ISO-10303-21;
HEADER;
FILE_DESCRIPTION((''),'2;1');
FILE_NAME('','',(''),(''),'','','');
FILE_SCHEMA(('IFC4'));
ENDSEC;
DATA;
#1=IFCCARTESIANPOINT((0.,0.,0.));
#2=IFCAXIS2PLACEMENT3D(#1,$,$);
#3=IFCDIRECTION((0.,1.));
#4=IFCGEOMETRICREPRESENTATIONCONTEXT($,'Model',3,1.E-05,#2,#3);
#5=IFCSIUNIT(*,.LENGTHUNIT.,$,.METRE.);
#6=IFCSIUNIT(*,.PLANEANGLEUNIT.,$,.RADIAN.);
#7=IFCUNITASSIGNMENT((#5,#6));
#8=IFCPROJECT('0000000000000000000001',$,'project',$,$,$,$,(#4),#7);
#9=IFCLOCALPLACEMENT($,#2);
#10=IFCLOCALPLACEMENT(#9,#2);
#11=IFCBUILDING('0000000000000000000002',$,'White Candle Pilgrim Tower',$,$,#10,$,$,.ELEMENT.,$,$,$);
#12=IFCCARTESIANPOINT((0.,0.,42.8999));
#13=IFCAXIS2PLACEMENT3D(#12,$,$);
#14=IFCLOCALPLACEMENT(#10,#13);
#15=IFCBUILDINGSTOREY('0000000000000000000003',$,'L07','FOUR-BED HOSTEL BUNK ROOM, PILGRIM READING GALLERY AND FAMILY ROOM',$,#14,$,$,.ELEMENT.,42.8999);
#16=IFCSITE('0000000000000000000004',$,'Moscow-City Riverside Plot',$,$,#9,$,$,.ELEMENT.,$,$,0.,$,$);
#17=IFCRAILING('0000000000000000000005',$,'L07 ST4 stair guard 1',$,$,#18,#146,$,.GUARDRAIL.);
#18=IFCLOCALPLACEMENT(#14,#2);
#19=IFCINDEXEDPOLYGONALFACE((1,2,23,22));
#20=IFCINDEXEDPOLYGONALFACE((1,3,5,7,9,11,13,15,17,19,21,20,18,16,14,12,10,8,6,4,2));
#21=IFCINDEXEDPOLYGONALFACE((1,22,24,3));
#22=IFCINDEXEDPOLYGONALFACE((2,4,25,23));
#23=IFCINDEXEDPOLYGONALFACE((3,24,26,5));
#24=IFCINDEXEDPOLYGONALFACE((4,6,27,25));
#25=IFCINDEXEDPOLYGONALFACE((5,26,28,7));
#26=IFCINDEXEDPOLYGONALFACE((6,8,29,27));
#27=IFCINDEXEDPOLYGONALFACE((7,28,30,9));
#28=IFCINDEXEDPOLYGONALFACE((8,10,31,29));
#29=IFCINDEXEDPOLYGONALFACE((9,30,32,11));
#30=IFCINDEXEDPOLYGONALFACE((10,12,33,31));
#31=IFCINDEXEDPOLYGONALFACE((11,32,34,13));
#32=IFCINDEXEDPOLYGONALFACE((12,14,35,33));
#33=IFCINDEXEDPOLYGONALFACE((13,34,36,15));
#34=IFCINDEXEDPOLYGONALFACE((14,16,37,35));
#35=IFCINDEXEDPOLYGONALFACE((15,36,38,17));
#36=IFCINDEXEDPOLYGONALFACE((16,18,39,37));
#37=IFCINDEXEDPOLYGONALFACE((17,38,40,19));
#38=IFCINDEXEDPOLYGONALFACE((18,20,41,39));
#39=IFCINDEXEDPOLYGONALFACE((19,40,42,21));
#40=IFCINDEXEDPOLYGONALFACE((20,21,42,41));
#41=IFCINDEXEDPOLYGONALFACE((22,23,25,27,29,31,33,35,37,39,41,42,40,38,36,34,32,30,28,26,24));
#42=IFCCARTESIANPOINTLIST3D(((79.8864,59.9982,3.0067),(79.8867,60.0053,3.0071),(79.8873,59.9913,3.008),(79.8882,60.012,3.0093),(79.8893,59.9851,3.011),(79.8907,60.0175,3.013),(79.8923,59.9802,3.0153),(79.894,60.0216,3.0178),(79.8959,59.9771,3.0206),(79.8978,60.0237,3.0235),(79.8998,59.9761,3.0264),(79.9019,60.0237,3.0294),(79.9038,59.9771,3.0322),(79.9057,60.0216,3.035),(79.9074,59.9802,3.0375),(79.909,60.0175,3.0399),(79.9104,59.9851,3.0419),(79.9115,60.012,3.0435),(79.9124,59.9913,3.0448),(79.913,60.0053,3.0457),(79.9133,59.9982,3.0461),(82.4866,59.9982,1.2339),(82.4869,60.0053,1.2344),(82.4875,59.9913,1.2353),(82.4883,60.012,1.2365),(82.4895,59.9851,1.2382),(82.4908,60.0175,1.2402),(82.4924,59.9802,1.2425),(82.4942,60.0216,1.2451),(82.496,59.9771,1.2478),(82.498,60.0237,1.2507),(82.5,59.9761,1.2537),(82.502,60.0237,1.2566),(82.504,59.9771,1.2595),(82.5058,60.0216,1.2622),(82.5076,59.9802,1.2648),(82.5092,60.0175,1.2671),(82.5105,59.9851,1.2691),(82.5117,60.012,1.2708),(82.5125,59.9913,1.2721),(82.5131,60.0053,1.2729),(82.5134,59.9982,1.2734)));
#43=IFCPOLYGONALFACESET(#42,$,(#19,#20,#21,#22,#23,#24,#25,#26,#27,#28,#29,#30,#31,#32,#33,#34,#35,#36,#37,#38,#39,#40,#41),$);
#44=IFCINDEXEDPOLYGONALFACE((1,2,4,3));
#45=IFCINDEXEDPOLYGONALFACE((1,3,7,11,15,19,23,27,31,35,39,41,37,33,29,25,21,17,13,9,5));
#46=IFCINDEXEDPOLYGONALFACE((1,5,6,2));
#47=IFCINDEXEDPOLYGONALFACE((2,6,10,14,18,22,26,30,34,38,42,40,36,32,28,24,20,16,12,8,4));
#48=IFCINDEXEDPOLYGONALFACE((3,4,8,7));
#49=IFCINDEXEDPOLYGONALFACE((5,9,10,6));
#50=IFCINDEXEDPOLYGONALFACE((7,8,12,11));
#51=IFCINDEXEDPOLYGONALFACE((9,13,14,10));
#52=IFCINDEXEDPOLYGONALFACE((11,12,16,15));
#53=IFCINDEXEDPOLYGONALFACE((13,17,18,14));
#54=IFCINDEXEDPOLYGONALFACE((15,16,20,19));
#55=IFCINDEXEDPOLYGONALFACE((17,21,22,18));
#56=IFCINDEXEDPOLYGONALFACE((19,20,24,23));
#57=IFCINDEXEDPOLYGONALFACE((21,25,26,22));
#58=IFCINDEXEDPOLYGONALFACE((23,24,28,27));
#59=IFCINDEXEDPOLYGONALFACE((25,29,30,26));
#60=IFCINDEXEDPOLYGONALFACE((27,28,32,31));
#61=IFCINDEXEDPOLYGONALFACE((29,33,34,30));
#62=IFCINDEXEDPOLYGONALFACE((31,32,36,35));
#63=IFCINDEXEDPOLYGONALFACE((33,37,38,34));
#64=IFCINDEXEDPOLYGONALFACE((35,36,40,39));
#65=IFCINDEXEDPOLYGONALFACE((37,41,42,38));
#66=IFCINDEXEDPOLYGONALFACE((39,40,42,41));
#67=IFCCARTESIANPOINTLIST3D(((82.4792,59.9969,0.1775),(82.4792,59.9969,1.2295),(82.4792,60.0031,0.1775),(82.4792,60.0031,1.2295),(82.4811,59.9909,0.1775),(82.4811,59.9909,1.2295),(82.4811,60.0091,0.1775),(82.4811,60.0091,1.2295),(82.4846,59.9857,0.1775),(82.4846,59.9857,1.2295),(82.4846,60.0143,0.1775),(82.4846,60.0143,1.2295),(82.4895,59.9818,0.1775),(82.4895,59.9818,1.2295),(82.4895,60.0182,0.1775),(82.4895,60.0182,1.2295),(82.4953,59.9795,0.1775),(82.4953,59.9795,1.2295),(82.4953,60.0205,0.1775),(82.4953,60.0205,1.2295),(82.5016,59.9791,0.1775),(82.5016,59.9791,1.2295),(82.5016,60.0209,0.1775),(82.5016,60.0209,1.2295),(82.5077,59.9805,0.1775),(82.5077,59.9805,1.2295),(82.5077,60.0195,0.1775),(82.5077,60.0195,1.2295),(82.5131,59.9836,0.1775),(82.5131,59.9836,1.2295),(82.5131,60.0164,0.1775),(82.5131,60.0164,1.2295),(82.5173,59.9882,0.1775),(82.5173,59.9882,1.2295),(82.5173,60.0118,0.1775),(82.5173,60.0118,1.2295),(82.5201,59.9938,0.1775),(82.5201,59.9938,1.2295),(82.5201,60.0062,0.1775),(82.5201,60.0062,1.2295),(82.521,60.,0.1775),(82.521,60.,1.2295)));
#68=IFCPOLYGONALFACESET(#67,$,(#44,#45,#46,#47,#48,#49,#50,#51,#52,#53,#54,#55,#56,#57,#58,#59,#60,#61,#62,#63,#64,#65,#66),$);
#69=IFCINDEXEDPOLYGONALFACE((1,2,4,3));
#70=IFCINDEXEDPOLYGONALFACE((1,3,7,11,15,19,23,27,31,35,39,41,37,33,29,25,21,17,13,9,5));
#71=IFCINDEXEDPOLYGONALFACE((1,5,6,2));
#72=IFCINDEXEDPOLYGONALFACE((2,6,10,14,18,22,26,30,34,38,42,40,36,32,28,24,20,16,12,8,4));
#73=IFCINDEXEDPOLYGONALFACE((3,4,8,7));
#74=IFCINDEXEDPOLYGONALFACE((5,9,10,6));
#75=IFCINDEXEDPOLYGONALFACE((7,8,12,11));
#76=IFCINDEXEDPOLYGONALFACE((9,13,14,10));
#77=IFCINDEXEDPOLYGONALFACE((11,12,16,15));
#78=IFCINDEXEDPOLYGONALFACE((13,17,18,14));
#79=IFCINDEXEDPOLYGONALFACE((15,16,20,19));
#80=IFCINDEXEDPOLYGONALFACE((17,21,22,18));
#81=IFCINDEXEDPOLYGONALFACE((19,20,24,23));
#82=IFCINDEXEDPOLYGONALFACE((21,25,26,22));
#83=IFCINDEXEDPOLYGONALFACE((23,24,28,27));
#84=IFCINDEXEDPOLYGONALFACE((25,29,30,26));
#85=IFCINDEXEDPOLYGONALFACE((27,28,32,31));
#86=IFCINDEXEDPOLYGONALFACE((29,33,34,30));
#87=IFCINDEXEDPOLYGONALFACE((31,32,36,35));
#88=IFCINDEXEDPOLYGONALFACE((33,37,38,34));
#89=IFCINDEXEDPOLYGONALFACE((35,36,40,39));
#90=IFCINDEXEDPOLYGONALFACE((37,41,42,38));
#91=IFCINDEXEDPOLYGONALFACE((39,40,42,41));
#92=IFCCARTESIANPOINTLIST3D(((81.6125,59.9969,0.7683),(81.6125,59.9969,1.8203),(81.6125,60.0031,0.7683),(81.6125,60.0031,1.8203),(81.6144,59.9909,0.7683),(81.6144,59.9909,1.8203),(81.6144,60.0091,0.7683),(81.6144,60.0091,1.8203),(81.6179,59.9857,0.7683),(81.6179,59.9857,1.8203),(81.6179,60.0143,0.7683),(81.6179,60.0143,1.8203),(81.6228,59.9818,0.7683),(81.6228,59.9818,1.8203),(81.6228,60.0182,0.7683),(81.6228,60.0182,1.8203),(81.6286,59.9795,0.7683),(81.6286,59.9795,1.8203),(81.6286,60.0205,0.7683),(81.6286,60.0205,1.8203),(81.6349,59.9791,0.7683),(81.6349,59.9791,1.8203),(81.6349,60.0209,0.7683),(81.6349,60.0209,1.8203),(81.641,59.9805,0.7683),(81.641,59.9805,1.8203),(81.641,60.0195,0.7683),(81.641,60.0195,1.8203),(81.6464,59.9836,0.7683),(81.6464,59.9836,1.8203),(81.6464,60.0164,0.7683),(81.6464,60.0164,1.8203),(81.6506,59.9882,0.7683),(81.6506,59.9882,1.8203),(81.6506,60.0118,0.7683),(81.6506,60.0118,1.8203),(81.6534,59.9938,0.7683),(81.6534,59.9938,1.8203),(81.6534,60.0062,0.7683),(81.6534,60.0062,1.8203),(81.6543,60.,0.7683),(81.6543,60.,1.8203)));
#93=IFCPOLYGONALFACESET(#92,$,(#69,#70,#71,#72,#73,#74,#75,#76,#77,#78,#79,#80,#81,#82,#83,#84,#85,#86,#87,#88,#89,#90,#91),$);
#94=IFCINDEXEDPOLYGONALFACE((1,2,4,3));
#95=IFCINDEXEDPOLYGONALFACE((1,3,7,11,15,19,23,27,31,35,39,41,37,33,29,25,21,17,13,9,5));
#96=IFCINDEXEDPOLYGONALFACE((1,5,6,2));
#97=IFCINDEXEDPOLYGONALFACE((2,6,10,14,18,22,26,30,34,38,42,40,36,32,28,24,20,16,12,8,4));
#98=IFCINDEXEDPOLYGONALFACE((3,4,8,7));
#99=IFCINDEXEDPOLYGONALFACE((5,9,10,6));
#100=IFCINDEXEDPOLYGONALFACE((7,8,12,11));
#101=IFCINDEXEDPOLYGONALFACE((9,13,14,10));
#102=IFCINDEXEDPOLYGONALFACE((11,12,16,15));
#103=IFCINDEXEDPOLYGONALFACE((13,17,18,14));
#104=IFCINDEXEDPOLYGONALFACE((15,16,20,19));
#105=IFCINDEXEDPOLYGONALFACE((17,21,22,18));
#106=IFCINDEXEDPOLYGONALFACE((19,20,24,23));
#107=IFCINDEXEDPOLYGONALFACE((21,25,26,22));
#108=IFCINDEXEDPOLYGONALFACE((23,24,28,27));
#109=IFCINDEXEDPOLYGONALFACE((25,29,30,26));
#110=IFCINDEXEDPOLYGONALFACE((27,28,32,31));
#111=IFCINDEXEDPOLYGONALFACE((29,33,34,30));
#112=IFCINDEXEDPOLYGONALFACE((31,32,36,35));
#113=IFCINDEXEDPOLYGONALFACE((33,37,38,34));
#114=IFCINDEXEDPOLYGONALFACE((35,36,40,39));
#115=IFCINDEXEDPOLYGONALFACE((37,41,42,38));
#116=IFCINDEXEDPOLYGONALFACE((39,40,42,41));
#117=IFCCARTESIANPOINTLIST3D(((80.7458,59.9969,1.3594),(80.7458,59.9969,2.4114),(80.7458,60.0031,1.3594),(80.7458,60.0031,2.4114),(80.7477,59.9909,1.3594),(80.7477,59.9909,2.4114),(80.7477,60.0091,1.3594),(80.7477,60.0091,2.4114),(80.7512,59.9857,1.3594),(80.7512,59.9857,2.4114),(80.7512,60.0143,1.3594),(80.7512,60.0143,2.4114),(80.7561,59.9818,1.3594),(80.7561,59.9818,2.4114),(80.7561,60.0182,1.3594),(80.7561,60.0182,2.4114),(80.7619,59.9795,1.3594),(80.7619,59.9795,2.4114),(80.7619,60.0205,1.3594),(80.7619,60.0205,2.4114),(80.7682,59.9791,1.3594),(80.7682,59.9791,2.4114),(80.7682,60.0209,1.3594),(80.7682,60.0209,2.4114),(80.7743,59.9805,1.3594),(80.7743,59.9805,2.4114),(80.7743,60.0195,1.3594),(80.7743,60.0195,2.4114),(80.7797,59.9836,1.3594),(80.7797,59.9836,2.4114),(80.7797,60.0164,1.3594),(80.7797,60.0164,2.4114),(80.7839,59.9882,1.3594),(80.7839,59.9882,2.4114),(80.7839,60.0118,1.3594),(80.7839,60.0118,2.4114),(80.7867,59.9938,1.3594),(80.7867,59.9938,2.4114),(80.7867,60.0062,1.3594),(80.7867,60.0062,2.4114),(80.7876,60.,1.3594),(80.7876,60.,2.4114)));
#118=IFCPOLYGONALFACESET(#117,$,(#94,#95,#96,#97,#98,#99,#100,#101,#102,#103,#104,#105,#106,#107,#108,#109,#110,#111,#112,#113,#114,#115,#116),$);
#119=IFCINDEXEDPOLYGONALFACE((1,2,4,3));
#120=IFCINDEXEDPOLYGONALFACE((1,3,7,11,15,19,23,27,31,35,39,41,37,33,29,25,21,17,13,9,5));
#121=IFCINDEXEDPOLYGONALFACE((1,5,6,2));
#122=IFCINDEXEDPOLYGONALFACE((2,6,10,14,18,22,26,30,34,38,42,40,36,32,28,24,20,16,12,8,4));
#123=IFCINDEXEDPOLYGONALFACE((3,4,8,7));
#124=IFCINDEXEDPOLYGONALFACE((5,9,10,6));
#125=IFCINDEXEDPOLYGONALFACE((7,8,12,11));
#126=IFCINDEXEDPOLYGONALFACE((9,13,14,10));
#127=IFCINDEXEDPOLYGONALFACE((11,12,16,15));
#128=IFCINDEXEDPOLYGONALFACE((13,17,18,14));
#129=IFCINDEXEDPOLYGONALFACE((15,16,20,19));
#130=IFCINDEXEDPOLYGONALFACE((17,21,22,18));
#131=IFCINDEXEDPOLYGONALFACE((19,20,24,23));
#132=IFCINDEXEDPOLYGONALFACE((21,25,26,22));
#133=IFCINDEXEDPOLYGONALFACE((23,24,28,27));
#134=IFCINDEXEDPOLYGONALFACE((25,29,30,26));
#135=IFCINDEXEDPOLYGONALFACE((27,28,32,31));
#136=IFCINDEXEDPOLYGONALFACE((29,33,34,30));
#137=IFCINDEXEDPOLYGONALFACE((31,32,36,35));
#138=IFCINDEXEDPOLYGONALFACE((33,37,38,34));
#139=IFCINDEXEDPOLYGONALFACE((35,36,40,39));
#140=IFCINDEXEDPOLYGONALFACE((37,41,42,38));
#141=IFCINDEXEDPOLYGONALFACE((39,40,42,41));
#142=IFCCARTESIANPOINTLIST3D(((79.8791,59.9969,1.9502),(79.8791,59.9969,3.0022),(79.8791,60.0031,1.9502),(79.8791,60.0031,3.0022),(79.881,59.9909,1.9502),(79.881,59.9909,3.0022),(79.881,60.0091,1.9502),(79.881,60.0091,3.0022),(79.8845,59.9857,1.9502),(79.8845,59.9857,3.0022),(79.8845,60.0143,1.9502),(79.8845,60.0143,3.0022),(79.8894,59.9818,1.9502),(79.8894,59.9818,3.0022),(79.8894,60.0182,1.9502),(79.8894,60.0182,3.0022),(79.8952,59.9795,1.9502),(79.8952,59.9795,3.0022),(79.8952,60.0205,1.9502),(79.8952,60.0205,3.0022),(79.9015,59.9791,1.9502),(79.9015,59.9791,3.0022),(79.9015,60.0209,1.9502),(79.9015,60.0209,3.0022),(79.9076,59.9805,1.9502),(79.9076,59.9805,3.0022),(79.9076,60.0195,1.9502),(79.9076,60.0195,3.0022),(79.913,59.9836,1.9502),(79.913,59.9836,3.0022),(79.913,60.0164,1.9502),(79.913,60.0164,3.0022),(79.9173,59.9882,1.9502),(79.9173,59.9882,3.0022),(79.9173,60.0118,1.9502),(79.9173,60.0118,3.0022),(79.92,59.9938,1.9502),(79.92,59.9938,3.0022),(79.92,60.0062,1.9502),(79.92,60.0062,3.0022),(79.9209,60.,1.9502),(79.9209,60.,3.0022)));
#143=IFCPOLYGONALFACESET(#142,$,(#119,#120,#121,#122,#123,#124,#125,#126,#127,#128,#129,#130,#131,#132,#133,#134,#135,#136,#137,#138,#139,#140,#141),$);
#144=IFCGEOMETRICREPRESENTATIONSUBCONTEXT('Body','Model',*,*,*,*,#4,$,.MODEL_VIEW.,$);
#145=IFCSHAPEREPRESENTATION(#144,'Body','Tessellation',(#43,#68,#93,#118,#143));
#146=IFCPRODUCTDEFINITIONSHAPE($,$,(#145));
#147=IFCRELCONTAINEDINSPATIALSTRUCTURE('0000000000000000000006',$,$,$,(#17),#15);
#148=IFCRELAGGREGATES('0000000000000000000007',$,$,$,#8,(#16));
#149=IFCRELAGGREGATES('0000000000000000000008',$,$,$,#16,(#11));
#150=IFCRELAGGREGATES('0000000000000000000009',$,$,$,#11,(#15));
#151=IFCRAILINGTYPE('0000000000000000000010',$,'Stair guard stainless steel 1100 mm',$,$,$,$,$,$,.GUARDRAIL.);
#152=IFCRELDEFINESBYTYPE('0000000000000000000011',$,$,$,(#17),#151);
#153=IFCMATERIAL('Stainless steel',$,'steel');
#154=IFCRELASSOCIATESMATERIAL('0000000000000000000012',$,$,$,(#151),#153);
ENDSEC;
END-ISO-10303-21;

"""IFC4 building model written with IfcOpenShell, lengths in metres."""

from ifc_helpers import new_model, si_unit, direction, frame, origin, origin_2d, place, context, subcontext, project, spatial, circle, extrude, material, type_object, element, save


model = new_model("IFC4")

# Units and contexts
model_context = context("Model", 3, precision=1e-05, world=origin(), true_north=direction((0.0, 1.0)))
body_context = subcontext(model_context, "Body", "Model", "MODEL_VIEW")
ifc_project = project(units=[si_unit("LENGTHUNIT", "METRE"), si_unit("PLANEANGLEUNIT", "RADIAN")], contexts=[model_context])

# Site, building, storey
site_placement = place(None, origin())
site = spatial("IfcSite", under=ifc_project, at=site_placement, Name="Moscow-City Riverside Plot", CompositionType="ELEMENT", RefElevation=0.0)
building_placement = place(site_placement, origin())
building = spatial("IfcBuilding", under=site, at=building_placement, Name="White Candle Pilgrim Tower", CompositionType="ELEMENT")
storey_placement = place(building_placement, frame((0.0, 0.0, 42.8999)))
storey = spatial("IfcBuildingStorey", under=building, at=storey_placement, Name="L07", Description="FOUR-BED HOSTEL BUNK ROOM, PILGRIM READING GALLERY AND FAMILY ROOM", CompositionType="ELEMENT", Elevation=42.8999)

# Railing
ifc_material_1 = material(Name="Stainless steel", Category="steel")
railing_type_1 = type_object("IfcRailingType", Name="Stair guard stainless steel 1100 mm", PredefinedType="GUARDRAIL", material=ifc_material_1)
railing_1_placement = place(storey_placement, frame((82.5, 60.0, 0.1775)))
element("IfcRailing", 1, at=railing_1_placement, inside=storey, type_object=railing_type_1, Name="L07 ST4 stair guard 1", PredefinedType="GUARDRAIL", context=body_context, shape_type="SweptSolid", body=[
    extrude(circle(Radius=0.0239, at=origin_2d()), frame((0.0, 0.0, 1.0762), z_axis=(-0.82624, 0.0, 0.563318), x_axis=(0.0, -1.0, 0.0)), (0.0, 0.0, 1.0), 3.147),
    extrude(circle(Radius=0.021, at=origin_2d()), origin(), (0.0, 0.0, 1.0), 1.052),
    extrude(circle(Radius=0.021, at=origin_2d()), frame((-0.8667, 0.0, 0.5908)), (0.0, 0.0, 1.0), 1.052),
    extrude(circle(Radius=0.021, at=origin_2d()), frame((-1.7334, 0.0, 1.1819)), (0.0, 0.0, 1.0), 1.052),
    extrude(circle(Radius=0.021, at=origin_2d()), frame((-2.6001, 0.0, 1.7727)), (0.0, 0.0, 1.0), 1.052),
])

save(model, "model.ifc")
